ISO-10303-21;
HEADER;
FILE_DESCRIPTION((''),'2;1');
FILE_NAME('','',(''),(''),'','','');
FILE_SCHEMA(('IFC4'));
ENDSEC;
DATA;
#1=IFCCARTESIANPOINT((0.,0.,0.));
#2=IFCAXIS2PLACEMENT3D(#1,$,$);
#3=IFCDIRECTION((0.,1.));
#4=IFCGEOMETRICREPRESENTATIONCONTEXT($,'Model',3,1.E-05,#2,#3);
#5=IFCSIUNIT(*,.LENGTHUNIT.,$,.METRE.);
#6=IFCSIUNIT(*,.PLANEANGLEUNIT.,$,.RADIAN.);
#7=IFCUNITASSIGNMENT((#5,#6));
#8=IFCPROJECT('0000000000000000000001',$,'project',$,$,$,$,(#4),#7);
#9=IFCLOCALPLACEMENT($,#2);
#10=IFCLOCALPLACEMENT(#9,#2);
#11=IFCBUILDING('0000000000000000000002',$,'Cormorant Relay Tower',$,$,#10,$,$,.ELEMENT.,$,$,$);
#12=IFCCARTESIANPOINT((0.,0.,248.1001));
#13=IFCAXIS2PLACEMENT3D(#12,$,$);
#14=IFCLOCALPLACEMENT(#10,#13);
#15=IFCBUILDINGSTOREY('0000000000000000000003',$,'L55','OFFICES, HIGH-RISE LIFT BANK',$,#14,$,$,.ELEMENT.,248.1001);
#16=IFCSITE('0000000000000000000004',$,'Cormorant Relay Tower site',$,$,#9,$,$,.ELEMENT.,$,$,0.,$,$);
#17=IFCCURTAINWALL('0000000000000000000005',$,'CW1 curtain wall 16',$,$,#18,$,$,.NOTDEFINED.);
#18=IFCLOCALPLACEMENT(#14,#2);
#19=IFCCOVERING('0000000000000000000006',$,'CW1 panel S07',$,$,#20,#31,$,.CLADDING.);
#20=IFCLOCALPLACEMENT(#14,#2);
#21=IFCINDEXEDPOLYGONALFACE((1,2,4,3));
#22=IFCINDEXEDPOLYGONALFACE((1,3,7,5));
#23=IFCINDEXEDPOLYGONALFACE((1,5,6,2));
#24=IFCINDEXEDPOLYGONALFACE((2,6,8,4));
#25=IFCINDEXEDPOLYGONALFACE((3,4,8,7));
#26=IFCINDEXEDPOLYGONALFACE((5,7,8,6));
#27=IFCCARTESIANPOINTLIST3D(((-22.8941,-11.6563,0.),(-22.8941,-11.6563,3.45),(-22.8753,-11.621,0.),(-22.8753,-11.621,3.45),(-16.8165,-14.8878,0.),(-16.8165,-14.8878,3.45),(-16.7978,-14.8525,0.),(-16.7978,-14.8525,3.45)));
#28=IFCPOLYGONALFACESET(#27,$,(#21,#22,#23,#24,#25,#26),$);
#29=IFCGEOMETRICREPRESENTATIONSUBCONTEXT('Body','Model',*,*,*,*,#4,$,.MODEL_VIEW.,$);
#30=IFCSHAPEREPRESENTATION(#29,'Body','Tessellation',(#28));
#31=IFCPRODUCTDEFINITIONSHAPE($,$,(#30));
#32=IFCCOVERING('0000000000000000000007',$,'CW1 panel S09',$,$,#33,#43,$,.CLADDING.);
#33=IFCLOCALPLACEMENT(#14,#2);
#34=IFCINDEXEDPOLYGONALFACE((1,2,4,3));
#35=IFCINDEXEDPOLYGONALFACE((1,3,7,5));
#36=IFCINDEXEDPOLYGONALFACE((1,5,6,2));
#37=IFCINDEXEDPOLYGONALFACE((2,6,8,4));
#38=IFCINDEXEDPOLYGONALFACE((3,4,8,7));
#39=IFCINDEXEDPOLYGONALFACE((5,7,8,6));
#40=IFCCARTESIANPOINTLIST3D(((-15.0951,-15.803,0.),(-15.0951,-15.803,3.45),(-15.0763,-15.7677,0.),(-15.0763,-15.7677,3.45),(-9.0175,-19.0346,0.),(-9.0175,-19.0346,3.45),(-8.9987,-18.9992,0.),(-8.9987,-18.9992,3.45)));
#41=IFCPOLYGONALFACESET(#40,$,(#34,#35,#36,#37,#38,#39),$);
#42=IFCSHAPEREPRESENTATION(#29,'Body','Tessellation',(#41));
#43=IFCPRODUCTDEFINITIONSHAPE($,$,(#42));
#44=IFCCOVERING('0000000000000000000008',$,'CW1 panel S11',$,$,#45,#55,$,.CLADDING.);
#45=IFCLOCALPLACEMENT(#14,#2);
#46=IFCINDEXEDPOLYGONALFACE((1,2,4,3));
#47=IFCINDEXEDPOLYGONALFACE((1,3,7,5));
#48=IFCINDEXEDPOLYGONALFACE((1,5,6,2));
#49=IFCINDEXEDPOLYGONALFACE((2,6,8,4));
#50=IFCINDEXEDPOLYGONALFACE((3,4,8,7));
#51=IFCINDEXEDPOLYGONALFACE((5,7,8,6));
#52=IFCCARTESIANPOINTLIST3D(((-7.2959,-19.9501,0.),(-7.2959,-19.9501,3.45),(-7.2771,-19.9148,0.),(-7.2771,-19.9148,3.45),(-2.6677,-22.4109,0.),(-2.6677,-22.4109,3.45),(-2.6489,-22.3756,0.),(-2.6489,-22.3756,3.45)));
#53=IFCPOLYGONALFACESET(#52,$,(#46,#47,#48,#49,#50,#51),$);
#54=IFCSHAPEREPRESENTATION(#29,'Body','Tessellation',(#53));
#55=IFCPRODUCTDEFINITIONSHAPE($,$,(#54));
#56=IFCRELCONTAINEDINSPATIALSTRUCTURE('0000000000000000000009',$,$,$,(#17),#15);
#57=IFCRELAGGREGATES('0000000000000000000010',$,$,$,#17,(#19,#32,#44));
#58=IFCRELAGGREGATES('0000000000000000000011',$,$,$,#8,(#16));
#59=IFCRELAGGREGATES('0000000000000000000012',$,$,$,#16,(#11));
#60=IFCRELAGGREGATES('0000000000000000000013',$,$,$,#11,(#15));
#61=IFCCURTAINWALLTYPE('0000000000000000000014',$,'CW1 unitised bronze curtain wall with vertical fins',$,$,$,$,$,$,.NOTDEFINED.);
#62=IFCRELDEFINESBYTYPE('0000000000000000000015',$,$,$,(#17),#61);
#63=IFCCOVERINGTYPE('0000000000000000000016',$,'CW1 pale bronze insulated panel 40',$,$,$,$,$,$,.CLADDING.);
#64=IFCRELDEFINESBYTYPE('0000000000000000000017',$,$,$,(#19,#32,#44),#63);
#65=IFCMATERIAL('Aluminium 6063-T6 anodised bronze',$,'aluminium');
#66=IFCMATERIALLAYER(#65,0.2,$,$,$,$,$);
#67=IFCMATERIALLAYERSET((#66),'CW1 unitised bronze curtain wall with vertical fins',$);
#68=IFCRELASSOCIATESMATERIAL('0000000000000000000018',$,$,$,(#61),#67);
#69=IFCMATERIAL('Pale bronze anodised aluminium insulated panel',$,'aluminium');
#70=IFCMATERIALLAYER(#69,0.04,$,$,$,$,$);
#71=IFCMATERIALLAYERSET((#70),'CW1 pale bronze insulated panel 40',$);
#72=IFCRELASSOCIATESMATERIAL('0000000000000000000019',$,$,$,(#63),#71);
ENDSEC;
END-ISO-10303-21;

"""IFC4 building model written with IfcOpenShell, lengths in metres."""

from ifc_helpers import new_model, si_unit, direction, frame, origin, origin_2d, place, context, subcontext, project, spatial, rectangle, extrude, material, layer, layer_set, type_object, element, aggregate, save


model = new_model("IFC4")

# Units and contexts
model_context = context("Model", 3, precision=1e-05, world=origin(), true_north=direction((0.0, 1.0)))
body_context = subcontext(model_context, "Body", "Model", "MODEL_VIEW")
ifc_project = project(units=[si_unit("LENGTHUNIT", "METRE"), si_unit("PLANEANGLEUNIT", "RADIAN")], contexts=[model_context])

# Site, building, storey
site_placement = place(None, origin())
site = spatial("IfcSite", under=ifc_project, at=site_placement, Name="Cormorant Relay Tower site", CompositionType="ELEMENT", RefElevation=0.0)
building_placement = place(site_placement, origin())
building = spatial("IfcBuilding", under=site, at=building_placement, Name="Cormorant Relay Tower", CompositionType="ELEMENT")
storey_placement = place(building_placement, frame((0.0, 0.0, 248.1001)))
storey = spatial("IfcBuildingStorey", under=building, at=storey_placement, Name="L55", Description="OFFICES, HIGH-RISE LIFT BANK", CompositionType="ELEMENT", Elevation=248.1001)

# Curtain wall
ifc_material_1 = material(Name="Aluminium 6063-T6 anodised bronze", Category="aluminium")
ifc_layer_1 = layer(ifc_material_1, 0.2)
ifc_layer_set_1 = layer_set([ifc_layer_1], Name="CW1 unitised bronze curtain wall with vertical fins")
curtain_wall_type = type_object("IfcCurtainWallType", Name="CW1 unitised bronze curtain wall with vertical fins", PredefinedType="NOTDEFINED", material=ifc_layer_set_1)
curtain_wall_placement = place(storey_placement, origin())
curtain_wall = element("IfcCurtainWall", 1, at=curtain_wall_placement, inside=storey, type_object=curtain_wall_type, Name="CW1 curtain wall 16", PredefinedType="NOTDEFINED")

# Coverings
ifc_material_2 = material(Name="Pale bronze anodised aluminium insulated panel", Category="aluminium")
ifc_layer_2 = layer(ifc_material_2, 0.04)
ifc_layer_set_2 = layer_set([ifc_layer_2], Name="CW1 pale bronze insulated panel 40")
covering_type = type_object("IfcCoveringType", Name="CW1 pale bronze insulated panel 40", PredefinedType="CLADDING", material=ifc_layer_set_2)
covering_1_placement = place(storey_placement, frame((-19.8459, -13.2544, 0.0), z_axis=(0.0, 0.0, 1.0), x_axis=(0.882948, -0.469472, 0.0)))
covering_1 = element("IfcCovering", 2, at=covering_1_placement, type_object=covering_type, Name="CW1 panel S07", PredefinedType="CLADDING", context=body_context, shape_type="SweptSolid", body=[
    extrude(rectangle(XDim=6.8833, YDim=0.04, at=origin_2d()), origin(), (0.0, 0.0, 1.0), 3.45),
])
covering_2_placement = place(storey_placement, frame((-12.0469, -17.4011, 0.0), z_axis=(0.0, 0.0, 1.0), x_axis=(0.882948, -0.469472, 0.0)))
covering_2 = element("IfcCovering", 3, at=covering_2_placement, type_object=covering_type, Name="CW1 panel S09", PredefinedType="CLADDING", context=body_context, shape_type="SweptSolid", body=[
    extrude(rectangle(XDim=6.8833, YDim=0.04, at=origin_2d()), origin(), (0.0, 0.0, 1.0), 3.45),
])
covering_3_placement = place(storey_placement, frame((-4.9724, -21.1628, 0.0), z_axis=(0.0, 0.0, 1.0), x_axis=(0.882948, -0.469472, 0.0)))
covering_3 = element("IfcCovering", 4, at=covering_3_placement, type_object=covering_type, Name="CW1 panel S11", PredefinedType="CLADDING", context=body_context, shape_type="SweptSolid", body=[
    extrude(rectangle(XDim=5.2417, YDim=0.04, at=origin_2d()), origin(), (0.0, 0.0, 1.0), 3.45),
])
aggregate(curtain_wall, [covering_1, covering_2, covering_3])

save(model, "model.ifc")
